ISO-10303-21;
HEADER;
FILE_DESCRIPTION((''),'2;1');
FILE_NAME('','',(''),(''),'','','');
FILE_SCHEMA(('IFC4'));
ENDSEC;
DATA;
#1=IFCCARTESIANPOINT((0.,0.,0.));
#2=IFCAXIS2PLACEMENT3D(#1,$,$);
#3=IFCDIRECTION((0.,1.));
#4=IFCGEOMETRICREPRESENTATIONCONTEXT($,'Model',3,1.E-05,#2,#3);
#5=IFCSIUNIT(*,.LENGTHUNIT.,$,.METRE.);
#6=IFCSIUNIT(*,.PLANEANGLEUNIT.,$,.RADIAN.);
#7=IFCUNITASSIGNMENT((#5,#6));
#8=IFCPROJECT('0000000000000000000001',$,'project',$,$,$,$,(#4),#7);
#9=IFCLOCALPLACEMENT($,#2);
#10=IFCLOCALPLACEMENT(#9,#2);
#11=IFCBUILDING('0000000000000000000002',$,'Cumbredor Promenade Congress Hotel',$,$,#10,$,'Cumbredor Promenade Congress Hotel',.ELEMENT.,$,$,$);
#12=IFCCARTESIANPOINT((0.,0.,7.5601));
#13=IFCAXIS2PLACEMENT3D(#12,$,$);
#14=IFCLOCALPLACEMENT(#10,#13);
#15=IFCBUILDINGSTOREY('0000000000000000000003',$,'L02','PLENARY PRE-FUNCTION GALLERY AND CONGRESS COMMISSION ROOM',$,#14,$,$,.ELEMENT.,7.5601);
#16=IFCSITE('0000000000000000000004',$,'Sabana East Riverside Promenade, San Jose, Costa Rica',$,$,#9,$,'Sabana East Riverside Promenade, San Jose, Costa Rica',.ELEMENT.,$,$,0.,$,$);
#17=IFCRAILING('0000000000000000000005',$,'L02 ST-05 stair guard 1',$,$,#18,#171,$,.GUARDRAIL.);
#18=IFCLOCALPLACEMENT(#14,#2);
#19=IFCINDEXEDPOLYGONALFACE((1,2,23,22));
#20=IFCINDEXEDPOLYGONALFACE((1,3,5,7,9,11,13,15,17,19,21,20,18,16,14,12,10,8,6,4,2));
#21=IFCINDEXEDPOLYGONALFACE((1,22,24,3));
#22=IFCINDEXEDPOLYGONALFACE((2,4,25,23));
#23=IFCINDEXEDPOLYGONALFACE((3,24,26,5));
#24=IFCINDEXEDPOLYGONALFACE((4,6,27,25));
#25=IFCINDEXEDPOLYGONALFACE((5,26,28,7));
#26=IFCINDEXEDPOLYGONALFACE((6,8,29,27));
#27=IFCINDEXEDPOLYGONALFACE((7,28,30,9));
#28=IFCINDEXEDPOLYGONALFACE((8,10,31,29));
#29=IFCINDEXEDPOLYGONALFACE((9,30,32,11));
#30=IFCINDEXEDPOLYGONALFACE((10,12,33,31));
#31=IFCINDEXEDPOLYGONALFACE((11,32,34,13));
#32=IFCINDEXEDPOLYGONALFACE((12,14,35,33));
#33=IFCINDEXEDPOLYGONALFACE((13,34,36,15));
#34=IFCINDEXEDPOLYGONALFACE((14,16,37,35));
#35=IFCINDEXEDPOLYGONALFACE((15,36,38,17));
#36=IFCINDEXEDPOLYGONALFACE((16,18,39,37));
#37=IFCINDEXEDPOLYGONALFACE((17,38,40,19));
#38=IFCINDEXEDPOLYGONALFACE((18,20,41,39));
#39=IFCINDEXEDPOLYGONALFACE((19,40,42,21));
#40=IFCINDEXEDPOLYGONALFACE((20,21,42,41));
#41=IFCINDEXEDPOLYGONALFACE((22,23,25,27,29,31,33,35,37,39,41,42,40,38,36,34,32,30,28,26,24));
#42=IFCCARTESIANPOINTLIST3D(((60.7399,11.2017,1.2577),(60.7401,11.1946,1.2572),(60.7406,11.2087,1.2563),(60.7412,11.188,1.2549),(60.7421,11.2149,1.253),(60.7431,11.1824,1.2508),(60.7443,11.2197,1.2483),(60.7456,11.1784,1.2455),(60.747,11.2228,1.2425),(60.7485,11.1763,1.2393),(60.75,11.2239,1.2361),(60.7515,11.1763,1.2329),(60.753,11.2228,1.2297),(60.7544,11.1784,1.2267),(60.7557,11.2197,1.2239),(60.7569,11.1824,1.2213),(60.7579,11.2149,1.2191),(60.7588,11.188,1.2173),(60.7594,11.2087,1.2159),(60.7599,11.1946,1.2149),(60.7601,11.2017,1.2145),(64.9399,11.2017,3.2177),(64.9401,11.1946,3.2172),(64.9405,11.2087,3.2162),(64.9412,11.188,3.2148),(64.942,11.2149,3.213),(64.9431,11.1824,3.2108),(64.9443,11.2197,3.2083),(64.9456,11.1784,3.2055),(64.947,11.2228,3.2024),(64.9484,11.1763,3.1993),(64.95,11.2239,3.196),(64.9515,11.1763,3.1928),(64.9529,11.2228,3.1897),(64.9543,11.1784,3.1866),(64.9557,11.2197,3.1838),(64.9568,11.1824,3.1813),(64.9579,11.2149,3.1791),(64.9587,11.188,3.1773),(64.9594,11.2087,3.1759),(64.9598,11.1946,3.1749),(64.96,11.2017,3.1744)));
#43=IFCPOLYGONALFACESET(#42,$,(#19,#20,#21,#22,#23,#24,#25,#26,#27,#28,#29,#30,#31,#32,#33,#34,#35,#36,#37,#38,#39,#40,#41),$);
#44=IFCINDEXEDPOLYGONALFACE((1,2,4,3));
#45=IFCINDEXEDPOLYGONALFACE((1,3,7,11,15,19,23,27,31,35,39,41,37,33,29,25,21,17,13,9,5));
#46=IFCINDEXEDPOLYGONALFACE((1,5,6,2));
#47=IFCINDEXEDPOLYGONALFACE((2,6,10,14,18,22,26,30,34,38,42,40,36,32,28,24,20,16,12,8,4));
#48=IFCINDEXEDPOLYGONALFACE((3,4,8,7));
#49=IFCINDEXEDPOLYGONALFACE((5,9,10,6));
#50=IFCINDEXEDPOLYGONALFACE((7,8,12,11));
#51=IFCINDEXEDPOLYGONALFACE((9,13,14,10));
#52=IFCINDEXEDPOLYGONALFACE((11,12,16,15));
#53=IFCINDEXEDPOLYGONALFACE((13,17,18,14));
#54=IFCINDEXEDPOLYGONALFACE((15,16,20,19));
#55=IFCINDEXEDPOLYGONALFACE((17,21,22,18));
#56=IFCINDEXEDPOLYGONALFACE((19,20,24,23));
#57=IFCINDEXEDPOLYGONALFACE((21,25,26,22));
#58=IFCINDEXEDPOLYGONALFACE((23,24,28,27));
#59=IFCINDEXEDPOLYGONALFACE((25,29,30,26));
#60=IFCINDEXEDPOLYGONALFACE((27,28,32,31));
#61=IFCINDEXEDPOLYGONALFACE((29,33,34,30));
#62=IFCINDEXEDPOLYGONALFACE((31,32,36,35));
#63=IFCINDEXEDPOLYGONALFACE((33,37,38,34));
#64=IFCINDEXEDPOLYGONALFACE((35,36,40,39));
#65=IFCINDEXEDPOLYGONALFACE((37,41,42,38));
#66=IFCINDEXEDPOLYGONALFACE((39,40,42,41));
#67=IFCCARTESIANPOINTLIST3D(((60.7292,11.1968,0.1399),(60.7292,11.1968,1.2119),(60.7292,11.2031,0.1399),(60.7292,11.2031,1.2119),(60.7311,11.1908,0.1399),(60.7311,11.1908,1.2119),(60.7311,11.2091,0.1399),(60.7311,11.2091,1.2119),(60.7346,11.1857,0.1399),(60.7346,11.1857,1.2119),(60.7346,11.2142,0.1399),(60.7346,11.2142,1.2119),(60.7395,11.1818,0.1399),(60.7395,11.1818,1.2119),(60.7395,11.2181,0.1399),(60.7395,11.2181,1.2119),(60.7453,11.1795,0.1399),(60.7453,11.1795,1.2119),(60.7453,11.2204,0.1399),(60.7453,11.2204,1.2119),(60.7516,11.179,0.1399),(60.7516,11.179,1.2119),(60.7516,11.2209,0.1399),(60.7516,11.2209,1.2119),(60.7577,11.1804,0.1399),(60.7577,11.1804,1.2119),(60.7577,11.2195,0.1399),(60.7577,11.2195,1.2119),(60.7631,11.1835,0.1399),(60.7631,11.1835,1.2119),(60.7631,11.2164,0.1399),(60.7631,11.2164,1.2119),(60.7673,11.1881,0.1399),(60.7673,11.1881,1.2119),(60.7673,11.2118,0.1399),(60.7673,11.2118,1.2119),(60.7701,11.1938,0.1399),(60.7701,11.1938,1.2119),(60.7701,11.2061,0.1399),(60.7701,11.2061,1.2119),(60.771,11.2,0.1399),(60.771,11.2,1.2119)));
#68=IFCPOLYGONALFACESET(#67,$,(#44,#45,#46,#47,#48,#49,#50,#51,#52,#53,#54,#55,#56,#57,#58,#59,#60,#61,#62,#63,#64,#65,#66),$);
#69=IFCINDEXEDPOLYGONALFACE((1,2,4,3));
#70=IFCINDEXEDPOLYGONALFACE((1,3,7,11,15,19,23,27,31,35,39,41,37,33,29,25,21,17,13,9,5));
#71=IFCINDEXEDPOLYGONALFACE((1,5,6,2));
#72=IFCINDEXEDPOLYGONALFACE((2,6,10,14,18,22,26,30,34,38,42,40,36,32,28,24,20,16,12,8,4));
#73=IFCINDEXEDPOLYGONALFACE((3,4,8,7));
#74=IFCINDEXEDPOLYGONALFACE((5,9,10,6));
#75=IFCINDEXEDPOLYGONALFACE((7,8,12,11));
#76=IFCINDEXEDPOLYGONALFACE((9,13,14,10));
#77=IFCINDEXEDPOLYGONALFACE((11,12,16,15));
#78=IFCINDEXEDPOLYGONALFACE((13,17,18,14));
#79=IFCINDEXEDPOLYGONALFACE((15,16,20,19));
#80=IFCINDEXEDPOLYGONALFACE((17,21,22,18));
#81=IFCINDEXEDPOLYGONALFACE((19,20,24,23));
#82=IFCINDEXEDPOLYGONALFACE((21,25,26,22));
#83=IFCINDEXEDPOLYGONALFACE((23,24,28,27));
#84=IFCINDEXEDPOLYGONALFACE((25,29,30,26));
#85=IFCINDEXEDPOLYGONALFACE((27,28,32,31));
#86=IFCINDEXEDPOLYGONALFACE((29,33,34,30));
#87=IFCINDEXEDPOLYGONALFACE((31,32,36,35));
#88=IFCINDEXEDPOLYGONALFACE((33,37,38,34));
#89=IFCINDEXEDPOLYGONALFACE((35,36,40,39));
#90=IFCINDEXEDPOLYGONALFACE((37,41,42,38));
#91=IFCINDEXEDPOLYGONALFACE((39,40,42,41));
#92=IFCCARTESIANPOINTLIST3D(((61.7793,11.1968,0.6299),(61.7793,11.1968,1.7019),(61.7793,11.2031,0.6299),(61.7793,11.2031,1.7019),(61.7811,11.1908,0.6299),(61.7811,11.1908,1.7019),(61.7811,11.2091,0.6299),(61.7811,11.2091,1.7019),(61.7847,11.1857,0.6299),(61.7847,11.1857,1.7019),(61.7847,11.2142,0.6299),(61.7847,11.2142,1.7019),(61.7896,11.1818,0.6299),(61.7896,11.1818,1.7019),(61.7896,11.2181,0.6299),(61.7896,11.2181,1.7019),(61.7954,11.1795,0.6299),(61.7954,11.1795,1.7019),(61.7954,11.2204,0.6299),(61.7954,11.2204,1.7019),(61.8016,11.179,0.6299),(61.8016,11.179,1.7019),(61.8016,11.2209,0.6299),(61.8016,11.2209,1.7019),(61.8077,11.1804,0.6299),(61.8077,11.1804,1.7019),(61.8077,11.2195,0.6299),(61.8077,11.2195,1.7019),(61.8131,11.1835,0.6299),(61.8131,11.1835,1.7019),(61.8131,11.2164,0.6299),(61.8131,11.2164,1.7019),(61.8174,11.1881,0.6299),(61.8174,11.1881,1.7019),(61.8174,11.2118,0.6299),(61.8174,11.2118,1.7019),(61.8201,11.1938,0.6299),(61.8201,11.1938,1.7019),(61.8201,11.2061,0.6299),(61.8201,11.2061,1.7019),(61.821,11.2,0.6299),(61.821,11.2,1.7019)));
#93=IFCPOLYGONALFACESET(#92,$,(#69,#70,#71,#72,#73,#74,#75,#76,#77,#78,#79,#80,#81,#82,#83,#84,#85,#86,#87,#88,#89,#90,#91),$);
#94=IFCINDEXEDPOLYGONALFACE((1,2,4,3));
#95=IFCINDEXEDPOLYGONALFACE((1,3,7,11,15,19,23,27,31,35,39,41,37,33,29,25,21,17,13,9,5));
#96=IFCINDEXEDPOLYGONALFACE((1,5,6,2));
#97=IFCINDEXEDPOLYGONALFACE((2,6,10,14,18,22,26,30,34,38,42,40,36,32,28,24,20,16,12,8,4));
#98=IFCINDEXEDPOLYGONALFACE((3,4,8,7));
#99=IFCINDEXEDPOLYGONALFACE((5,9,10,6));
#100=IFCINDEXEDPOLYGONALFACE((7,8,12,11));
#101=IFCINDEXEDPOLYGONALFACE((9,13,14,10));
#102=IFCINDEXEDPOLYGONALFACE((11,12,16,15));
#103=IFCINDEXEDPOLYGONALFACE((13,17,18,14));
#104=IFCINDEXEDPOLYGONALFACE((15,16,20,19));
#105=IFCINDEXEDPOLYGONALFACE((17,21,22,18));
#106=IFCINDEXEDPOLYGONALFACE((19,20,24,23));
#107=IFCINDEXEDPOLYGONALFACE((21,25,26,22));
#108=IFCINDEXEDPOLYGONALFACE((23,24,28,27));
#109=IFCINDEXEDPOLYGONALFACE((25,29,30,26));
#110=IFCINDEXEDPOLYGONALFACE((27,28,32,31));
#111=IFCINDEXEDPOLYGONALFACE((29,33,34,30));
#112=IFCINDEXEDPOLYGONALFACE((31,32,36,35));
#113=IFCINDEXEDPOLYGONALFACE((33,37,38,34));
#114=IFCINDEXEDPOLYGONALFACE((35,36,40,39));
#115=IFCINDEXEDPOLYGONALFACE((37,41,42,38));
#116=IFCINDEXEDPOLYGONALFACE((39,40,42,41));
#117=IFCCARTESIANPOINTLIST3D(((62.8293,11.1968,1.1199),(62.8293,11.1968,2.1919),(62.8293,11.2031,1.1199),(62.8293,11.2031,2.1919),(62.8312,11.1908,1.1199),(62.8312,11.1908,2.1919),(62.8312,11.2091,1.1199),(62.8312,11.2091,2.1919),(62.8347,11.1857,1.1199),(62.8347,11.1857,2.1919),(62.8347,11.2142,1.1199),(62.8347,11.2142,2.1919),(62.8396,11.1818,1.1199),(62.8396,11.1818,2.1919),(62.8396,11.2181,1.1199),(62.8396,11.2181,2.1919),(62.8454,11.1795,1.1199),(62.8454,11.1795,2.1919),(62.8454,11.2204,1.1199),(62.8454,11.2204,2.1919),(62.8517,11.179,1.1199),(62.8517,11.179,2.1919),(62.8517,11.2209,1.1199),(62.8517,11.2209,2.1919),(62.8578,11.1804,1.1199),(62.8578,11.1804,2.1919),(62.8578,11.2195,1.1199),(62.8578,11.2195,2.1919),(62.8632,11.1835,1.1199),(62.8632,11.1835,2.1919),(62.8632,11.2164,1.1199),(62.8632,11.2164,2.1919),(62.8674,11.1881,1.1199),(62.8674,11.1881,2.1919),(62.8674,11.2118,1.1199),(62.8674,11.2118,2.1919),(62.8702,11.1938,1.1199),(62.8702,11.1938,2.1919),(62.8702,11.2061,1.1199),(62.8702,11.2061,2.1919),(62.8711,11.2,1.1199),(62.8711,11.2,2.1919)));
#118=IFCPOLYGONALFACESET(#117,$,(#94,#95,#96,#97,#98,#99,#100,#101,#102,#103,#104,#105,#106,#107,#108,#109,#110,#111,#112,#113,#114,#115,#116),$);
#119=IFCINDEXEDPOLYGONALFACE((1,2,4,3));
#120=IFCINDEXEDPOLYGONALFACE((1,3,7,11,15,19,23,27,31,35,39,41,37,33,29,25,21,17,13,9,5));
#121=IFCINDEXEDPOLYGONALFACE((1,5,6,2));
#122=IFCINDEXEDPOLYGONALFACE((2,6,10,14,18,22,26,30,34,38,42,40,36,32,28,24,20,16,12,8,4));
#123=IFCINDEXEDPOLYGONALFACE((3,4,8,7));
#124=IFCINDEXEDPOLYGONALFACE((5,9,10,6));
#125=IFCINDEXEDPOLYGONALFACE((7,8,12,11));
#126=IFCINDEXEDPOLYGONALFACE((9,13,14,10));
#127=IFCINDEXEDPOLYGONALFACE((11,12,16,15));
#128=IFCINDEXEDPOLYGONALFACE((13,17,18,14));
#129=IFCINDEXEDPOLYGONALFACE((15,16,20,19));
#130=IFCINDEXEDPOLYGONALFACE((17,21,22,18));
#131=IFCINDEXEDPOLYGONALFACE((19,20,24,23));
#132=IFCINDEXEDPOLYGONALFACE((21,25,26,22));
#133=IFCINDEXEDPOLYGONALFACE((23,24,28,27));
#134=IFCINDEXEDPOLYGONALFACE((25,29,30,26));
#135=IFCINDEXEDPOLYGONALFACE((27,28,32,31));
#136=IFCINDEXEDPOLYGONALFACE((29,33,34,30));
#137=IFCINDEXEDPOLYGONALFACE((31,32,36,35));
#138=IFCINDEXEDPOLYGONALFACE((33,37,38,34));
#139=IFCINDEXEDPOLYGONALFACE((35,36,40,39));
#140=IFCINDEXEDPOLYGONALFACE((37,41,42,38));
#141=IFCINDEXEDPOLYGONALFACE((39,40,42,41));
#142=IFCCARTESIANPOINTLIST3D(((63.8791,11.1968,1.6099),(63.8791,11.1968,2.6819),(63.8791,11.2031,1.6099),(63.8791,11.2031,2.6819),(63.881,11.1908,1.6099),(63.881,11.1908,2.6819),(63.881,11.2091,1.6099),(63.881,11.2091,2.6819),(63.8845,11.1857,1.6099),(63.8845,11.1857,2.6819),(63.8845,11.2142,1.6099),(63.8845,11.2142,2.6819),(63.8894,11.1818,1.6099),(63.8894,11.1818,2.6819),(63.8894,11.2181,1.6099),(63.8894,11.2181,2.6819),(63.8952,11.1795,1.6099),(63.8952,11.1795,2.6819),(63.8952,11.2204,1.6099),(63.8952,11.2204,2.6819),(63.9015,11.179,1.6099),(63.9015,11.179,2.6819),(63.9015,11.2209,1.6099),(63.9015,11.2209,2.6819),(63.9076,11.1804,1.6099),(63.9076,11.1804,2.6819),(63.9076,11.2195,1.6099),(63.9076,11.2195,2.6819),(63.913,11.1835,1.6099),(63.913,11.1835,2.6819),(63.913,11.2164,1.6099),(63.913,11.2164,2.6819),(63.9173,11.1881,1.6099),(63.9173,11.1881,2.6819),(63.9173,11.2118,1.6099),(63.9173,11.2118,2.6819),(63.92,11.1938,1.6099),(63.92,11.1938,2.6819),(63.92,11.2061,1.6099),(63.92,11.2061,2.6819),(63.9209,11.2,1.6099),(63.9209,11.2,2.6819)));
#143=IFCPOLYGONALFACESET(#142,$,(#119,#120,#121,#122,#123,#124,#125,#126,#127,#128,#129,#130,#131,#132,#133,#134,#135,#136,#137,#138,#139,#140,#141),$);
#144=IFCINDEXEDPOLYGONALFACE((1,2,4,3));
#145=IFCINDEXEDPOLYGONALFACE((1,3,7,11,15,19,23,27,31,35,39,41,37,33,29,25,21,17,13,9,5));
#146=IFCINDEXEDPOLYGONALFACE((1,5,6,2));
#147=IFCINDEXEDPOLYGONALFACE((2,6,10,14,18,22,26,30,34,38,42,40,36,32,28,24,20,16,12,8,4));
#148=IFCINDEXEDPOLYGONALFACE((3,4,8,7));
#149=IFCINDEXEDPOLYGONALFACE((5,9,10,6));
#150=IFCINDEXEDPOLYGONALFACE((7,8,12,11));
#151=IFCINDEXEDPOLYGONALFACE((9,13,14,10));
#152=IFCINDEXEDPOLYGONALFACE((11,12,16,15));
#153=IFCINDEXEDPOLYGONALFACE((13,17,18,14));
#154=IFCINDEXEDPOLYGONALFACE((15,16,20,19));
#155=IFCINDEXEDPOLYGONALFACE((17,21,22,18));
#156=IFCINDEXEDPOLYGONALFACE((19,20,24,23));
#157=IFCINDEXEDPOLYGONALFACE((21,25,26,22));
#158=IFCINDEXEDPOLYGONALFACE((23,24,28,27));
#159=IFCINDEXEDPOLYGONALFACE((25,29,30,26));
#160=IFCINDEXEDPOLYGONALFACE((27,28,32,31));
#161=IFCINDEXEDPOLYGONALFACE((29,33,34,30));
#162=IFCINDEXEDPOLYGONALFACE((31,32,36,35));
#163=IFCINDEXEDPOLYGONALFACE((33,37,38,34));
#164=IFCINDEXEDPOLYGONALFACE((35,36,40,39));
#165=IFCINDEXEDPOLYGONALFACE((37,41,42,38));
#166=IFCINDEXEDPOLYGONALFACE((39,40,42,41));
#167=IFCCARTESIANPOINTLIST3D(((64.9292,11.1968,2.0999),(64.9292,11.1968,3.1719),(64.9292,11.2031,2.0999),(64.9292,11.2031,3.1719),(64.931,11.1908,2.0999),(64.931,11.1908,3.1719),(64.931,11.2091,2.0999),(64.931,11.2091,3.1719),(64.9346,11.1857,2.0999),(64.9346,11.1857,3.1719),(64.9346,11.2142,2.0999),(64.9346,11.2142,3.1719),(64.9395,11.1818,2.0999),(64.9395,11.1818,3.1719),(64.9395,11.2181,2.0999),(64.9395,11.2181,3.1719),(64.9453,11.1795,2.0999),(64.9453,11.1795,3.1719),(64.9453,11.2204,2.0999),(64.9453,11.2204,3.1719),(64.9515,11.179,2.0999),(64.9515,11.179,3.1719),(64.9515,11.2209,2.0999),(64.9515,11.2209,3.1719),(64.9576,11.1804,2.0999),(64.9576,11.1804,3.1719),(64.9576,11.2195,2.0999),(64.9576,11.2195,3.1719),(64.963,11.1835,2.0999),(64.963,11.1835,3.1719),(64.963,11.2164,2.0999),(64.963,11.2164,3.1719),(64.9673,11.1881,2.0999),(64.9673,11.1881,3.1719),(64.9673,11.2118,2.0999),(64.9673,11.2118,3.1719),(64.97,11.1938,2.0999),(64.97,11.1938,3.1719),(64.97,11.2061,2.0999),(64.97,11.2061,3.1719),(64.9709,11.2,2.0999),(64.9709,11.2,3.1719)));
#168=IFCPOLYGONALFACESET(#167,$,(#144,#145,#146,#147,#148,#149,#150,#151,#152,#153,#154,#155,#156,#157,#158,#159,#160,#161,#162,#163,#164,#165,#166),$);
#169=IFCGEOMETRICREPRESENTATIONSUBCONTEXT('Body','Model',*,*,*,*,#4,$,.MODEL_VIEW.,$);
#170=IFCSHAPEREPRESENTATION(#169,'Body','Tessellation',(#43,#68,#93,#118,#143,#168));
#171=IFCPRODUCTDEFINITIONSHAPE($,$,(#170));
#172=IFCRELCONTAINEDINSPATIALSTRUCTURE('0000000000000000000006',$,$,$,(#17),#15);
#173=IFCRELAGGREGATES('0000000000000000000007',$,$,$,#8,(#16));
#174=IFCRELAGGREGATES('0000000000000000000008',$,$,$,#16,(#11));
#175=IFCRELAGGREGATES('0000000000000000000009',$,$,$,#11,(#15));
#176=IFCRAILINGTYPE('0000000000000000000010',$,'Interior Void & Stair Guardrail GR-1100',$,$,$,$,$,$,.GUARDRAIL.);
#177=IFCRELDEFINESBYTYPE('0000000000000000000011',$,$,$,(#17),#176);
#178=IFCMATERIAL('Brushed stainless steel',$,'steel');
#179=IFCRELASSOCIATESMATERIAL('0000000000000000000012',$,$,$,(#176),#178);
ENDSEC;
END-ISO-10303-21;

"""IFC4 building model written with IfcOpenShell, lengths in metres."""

from ifc_helpers import new_model, si_unit, direction, frame, origin, origin_2d, place, context, subcontext, project, spatial, circle, extrude, material, type_object, element, save


model = new_model("IFC4")

# Units and contexts
model_context = context("Model", 3, precision=1e-05, world=origin(), true_north=direction((0.0, 1.0)))
body_context = subcontext(model_context, "Body", "Model", "MODEL_VIEW")
ifc_project = project(units=[si_unit("LENGTHUNIT", "METRE"), si_unit("PLANEANGLEUNIT", "RADIAN")], contexts=[model_context])

# Site, building, storey
site_placement = place(None, origin())
site = spatial("IfcSite", under=ifc_project, at=site_placement, Name="Sabana East Riverside Promenade, San Jose, Costa Rica", LongName="Sabana East Riverside Promenade, San Jose, Costa Rica", CompositionType="ELEMENT", RefElevation=0.0)
building_placement = place(site_placement, origin())
building = spatial("IfcBuilding", under=site, at=building_placement, Name="Cumbredor Promenade Congress Hotel", LongName="Cumbredor Promenade Congress Hotel", CompositionType="ELEMENT")
storey_placement = place(building_placement, frame((0.0, 0.0, 7.5601)))
storey = spatial("IfcBuildingStorey", under=building, at=storey_placement, Name="L02", Description="PLENARY PRE-FUNCTION GALLERY AND CONGRESS COMMISSION ROOM", CompositionType="ELEMENT", Elevation=7.5601)

# Railing
ifc_material_1 = material(Name="Brushed stainless steel", Category="steel")
railing_type_1 = type_object("IfcRailingType", Name="Interior Void & Stair Guardrail GR-1100", PredefinedType="GUARDRAIL", material=ifc_material_1)
railing_1_placement = place(storey_placement, frame((60.75, 11.2, 0.1399)))
element("IfcRailing", 1, at=railing_1_placement, inside=storey, type_object=railing_type_1, Name="L02 ST-05 stair guard 1", PredefinedType="GUARDRAIL", context=body_context, shape_type="SweptSolid", body=[
    extrude(circle(Radius=0.0239, at=origin_2d()), frame((0.0, 0.0, 1.0962), z_axis=(0.906184, 0.0, 0.422883), x_axis=(0.0, 1.0, 0.0)), (0.0, 0.0, 1.0), 4.6348),
    extrude(circle(Radius=0.021, at=origin_2d()), origin(), (0.0, 0.0, 1.0), 1.072),
    extrude(circle(Radius=0.021, at=origin_2d()), frame((1.05, 0.0, 0.49)), (0.0, 0.0, 1.0), 1.072),
    extrude(circle(Radius=0.021, at=origin_2d()), frame((2.1001, 0.0, 0.98)), (0.0, 0.0, 1.0), 1.072),
    extrude(circle(Radius=0.021, at=origin_2d()), frame((3.1499, 0.0, 1.47)), (0.0, 0.0, 1.0), 1.072),
    extrude(circle(Radius=0.021, at=origin_2d()), frame((4.2, 0.0, 1.96)), (0.0, 0.0, 1.0), 1.072),
])

save(model, "model.ifc")
